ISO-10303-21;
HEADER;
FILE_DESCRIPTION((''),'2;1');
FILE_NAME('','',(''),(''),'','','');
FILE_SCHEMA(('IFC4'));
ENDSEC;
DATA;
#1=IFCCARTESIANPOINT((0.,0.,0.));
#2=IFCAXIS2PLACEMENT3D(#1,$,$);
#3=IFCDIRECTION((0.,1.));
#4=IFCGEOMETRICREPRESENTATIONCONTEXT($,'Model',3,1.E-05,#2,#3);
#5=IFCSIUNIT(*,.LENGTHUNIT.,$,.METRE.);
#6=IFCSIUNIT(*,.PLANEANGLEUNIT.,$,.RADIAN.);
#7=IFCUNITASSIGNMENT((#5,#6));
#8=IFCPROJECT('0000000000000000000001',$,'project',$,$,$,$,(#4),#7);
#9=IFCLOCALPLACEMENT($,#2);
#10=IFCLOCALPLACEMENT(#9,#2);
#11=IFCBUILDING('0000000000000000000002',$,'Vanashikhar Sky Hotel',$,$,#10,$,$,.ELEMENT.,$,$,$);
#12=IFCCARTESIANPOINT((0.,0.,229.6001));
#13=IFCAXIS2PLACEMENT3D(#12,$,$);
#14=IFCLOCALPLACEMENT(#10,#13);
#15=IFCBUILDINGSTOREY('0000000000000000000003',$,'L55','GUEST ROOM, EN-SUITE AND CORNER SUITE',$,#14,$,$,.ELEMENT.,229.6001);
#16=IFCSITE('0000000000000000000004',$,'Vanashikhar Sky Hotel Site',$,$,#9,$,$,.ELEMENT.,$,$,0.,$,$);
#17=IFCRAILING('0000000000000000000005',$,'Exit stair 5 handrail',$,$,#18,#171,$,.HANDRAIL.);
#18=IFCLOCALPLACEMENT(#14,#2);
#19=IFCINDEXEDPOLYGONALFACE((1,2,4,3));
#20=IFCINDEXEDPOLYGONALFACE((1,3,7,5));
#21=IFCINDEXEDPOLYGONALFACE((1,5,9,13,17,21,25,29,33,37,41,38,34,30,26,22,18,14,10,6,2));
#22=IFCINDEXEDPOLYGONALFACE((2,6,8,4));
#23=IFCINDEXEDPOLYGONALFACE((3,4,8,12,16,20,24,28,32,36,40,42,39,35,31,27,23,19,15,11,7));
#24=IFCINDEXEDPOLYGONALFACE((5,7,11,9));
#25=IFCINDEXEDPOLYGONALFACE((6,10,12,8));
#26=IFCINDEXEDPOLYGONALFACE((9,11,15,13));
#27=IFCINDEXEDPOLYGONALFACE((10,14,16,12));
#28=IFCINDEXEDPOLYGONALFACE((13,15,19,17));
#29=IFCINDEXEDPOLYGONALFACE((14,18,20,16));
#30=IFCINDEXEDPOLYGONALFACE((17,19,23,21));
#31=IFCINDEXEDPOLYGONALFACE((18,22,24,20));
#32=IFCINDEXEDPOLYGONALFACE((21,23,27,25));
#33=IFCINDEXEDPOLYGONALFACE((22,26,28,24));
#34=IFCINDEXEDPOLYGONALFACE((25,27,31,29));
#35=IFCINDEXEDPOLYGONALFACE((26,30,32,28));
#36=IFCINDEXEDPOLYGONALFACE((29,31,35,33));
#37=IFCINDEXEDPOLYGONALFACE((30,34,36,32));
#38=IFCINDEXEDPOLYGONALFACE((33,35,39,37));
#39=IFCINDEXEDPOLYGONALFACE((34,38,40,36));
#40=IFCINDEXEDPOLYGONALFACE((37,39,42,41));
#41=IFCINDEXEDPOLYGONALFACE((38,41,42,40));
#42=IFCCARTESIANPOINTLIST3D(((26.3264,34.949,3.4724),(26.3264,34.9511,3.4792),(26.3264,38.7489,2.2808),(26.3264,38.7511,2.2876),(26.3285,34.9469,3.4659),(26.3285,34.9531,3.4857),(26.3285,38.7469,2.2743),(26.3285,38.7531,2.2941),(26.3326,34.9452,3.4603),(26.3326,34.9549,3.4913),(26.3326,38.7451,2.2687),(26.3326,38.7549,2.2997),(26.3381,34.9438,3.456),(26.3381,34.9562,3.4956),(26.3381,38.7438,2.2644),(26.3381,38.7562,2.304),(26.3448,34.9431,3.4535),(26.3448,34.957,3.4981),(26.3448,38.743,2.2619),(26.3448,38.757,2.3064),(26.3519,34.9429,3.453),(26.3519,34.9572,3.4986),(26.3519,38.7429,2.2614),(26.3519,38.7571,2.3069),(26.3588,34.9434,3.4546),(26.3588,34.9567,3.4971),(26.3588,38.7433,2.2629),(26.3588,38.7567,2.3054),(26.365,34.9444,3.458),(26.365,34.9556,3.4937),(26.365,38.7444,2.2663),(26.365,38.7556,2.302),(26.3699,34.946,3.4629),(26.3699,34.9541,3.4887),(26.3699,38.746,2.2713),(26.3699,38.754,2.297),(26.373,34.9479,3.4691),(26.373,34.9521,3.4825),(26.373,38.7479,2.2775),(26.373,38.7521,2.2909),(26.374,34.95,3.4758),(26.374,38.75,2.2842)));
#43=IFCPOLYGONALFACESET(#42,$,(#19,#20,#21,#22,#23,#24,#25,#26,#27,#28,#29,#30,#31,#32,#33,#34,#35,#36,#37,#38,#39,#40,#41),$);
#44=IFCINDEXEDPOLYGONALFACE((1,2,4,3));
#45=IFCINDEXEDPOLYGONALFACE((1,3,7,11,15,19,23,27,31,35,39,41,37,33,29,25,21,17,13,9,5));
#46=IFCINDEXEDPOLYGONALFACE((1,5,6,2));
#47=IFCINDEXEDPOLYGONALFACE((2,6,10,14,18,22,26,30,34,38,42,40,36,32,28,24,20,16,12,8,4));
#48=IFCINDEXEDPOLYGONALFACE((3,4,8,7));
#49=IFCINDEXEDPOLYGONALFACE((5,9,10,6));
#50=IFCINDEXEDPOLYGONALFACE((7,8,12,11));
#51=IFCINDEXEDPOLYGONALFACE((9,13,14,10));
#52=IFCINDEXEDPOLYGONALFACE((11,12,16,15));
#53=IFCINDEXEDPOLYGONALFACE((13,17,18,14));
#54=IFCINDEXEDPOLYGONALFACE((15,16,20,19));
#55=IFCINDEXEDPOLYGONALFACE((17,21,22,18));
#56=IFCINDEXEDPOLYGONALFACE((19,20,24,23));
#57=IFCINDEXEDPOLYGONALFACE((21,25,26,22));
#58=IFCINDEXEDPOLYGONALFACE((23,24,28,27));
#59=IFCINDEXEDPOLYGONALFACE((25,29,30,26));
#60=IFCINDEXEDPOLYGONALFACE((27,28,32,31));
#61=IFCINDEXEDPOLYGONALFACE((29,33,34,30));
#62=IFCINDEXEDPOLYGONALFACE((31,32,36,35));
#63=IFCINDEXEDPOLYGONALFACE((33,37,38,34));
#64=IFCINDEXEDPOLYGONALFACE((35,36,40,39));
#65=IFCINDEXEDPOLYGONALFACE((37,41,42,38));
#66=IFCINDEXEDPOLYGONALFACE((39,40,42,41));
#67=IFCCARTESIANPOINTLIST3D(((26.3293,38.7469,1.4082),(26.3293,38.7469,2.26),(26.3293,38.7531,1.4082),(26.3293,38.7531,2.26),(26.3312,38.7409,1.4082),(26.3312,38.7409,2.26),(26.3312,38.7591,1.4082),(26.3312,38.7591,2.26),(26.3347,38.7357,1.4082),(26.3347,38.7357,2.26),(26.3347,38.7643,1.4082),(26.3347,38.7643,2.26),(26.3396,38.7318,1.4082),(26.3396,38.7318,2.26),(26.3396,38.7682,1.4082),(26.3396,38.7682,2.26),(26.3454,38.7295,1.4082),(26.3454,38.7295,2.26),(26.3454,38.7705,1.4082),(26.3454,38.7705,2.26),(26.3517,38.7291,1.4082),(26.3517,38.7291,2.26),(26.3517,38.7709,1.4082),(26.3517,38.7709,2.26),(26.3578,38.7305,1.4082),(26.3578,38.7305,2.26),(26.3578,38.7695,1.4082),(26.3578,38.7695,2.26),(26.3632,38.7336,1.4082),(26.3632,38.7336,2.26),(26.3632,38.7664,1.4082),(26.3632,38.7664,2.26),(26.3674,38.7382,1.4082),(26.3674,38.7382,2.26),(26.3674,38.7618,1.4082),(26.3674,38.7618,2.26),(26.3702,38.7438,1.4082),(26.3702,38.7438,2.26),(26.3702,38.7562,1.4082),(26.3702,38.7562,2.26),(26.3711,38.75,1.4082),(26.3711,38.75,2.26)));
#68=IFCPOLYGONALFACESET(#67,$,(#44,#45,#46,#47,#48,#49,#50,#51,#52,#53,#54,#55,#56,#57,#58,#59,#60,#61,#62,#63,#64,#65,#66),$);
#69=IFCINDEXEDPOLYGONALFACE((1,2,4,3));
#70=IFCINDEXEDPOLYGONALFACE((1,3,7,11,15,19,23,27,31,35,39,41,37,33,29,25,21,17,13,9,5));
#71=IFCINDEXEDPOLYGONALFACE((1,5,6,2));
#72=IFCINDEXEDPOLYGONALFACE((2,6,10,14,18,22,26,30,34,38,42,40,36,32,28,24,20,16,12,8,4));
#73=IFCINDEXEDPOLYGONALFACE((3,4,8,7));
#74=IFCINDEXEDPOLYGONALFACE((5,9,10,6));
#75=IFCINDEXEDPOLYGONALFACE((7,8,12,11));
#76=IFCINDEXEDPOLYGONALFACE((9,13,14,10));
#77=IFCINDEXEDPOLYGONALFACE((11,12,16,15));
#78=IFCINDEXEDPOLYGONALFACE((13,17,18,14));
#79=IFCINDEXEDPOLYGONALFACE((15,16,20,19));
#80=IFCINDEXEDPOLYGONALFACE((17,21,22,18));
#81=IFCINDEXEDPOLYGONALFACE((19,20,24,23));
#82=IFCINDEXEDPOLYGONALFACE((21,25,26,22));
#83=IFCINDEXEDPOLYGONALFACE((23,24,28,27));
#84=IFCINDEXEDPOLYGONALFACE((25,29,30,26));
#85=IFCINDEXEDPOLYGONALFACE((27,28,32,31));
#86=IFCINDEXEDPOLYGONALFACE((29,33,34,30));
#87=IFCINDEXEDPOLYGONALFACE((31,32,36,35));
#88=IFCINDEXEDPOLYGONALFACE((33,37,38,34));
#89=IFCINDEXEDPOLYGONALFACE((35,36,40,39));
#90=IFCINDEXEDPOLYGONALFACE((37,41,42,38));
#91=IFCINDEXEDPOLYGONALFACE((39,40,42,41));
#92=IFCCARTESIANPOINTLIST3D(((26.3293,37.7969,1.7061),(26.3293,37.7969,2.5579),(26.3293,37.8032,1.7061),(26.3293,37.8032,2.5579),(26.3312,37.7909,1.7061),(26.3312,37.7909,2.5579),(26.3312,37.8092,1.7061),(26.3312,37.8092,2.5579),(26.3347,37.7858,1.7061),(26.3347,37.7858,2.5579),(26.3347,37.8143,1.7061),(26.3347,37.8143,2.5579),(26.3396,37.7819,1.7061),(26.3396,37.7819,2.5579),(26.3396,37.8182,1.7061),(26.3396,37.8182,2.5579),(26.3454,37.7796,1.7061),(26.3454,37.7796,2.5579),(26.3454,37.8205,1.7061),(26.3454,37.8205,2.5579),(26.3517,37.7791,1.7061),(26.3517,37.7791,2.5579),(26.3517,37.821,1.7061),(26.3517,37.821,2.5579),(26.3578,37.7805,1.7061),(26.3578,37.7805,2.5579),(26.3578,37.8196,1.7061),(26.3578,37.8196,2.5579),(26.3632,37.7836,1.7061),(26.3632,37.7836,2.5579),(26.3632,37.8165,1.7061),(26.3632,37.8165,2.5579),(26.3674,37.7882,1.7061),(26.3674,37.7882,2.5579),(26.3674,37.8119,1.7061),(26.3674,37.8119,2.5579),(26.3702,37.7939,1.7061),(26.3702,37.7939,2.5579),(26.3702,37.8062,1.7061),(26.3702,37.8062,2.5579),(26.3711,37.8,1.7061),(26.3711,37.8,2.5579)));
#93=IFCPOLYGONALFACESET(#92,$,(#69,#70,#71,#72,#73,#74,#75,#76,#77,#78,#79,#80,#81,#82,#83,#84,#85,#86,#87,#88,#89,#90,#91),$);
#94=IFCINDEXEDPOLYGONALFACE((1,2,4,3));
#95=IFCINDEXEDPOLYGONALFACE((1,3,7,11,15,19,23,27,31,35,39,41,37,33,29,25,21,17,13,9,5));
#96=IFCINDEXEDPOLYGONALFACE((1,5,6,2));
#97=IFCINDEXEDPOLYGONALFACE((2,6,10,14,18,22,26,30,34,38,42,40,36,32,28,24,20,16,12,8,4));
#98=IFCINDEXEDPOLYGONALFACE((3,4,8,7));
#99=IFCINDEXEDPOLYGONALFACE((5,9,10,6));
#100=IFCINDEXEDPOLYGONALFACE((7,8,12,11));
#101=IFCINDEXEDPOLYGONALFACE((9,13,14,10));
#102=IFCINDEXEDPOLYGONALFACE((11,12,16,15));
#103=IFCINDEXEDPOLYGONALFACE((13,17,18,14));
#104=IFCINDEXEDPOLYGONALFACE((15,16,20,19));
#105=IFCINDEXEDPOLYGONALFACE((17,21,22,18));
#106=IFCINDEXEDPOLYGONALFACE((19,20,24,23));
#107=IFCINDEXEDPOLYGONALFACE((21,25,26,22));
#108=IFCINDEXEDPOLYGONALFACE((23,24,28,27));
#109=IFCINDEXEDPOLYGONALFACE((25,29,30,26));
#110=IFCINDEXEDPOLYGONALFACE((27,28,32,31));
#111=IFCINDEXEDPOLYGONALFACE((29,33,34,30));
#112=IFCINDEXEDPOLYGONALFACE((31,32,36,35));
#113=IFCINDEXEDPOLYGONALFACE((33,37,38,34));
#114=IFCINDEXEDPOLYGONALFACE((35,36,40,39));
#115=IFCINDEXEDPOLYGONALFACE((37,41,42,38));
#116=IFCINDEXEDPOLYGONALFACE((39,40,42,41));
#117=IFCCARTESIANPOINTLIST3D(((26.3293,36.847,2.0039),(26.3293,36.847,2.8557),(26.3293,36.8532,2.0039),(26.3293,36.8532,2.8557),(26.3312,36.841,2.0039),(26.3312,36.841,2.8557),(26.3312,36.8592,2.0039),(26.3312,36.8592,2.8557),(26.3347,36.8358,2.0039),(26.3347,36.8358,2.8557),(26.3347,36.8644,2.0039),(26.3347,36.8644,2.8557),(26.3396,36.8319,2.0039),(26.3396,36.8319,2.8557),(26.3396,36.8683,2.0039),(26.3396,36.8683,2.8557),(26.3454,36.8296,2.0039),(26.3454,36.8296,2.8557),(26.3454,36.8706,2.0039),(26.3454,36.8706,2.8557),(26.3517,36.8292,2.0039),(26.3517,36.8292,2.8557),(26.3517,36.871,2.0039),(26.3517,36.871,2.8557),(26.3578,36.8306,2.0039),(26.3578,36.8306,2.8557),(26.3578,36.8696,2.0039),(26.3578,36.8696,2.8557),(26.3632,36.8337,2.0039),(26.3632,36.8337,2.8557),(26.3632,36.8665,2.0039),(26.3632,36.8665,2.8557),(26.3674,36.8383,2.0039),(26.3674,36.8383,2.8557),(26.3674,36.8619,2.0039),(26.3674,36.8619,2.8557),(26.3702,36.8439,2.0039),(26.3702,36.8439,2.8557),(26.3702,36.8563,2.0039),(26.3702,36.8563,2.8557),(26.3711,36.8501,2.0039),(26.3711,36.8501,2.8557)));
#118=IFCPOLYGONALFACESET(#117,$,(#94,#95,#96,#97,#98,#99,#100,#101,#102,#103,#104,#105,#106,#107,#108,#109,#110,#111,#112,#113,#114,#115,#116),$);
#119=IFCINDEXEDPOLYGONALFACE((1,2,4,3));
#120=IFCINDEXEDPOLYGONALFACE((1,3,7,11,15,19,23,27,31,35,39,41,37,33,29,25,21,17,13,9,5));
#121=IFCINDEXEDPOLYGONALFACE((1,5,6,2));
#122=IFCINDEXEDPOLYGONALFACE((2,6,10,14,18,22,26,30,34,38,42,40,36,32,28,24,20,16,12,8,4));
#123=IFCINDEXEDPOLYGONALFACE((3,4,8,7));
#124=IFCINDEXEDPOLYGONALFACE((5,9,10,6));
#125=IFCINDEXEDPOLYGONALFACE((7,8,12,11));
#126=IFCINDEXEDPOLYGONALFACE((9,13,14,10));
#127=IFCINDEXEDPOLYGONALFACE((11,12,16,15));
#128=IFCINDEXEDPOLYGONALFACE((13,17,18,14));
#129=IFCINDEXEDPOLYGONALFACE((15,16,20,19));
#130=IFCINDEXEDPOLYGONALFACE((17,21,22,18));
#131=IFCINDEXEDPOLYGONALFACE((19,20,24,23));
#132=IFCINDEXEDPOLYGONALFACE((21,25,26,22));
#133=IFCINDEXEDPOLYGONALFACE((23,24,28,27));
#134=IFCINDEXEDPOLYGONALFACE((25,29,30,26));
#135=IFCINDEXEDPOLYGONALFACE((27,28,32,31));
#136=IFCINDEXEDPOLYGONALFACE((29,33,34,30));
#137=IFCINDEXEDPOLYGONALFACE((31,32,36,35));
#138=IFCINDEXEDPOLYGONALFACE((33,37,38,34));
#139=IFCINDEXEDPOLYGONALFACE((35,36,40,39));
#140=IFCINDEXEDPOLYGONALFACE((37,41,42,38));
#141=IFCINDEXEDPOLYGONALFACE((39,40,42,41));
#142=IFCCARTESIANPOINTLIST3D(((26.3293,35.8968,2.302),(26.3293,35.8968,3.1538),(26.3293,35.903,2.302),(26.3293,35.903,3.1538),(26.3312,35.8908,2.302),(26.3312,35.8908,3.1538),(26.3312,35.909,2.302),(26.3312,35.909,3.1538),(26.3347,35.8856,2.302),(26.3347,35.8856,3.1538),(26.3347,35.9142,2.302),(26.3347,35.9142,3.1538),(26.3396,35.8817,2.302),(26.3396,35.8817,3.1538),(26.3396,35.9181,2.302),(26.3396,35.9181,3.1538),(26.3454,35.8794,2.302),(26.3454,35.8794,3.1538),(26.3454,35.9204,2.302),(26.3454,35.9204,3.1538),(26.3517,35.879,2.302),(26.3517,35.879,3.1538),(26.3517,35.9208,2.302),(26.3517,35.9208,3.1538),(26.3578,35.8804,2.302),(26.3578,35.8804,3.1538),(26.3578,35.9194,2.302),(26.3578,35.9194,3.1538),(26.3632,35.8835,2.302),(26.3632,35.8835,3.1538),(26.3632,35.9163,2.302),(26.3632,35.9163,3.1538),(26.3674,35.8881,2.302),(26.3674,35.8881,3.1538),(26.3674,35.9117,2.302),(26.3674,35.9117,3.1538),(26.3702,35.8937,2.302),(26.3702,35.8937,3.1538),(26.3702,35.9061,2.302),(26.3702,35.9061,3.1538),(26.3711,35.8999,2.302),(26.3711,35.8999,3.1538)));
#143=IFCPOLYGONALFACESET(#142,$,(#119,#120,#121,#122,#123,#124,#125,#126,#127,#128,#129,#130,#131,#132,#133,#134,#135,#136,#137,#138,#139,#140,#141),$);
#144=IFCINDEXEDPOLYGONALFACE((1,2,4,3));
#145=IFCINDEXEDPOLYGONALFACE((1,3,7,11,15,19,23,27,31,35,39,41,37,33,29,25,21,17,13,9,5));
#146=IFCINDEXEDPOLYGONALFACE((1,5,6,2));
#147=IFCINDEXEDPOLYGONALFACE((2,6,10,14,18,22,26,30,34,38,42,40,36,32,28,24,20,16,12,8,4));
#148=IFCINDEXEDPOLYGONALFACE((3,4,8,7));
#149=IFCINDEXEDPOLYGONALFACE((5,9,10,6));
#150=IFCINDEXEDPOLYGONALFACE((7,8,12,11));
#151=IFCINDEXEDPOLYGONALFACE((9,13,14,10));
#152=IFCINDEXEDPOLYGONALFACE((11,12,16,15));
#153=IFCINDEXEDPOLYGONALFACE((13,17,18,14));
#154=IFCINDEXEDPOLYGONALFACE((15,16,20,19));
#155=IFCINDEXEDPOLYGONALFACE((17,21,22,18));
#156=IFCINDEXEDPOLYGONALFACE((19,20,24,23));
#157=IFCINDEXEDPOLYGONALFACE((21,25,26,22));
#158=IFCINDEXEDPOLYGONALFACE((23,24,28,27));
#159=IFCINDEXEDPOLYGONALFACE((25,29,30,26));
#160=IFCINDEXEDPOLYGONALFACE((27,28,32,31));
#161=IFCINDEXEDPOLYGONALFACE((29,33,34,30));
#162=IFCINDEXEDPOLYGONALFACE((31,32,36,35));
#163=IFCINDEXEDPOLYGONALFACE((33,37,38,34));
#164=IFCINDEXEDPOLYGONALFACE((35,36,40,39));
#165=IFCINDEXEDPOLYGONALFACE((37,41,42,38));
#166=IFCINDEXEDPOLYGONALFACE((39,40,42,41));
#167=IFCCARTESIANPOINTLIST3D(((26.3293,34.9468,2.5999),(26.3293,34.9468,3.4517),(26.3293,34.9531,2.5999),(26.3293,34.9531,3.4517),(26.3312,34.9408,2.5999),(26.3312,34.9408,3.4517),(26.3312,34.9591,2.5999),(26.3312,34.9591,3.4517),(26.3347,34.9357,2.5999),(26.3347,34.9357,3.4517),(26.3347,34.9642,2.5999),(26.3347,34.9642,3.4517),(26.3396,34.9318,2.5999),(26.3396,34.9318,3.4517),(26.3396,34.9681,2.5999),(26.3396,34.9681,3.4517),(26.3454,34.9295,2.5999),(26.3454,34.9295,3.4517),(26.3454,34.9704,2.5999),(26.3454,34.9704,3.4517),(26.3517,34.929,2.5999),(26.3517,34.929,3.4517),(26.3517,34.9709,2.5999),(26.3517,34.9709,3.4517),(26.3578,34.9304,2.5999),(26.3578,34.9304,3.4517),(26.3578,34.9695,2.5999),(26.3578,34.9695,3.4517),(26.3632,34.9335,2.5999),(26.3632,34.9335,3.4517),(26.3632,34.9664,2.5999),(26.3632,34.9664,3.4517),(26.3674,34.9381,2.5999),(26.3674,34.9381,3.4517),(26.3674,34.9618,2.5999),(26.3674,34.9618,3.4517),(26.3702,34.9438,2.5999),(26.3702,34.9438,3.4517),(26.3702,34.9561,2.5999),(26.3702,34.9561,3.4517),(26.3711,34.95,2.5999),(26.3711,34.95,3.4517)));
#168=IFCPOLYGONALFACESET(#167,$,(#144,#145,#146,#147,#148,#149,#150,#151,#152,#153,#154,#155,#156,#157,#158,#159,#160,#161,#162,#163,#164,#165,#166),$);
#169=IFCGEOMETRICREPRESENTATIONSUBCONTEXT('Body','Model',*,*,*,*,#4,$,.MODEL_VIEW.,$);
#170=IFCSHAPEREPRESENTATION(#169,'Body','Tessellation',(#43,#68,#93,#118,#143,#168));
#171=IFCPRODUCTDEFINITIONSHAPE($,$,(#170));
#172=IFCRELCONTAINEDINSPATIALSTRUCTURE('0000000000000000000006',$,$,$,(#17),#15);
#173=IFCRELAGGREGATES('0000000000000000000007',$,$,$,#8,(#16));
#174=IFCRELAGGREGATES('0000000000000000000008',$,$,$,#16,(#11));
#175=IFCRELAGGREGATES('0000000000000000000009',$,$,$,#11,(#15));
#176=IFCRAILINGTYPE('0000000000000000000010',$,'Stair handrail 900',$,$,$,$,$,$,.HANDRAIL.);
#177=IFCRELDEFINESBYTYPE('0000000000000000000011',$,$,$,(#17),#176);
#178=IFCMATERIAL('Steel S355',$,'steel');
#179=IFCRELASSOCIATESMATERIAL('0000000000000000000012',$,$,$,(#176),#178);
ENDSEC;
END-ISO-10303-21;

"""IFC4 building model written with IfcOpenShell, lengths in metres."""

from ifc_helpers import new_model, si_unit, direction, frame, origin, origin_2d, place, context, subcontext, project, spatial, circle, extrude, source, transform, mapped, material, type_object, element, save


model = new_model("IFC4")

# Units and contexts
model_context = context("Model", 3, precision=1e-05, world=origin(), true_north=direction((0.0, 1.0)))
body_context = subcontext(model_context, "Body", "Model", "MODEL_VIEW")
ifc_project = project(units=[si_unit("LENGTHUNIT", "METRE"), si_unit("PLANEANGLEUNIT", "RADIAN")], contexts=[model_context])

# Site, building, storey
site_placement = place(None, origin())
site = spatial("IfcSite", under=ifc_project, at=site_placement, Name="Vanashikhar Sky Hotel Site", CompositionType="ELEMENT", RefElevation=0.0)
building_placement = place(site_placement, origin())
building = spatial("IfcBuilding", under=site, at=building_placement, Name="Vanashikhar Sky Hotel", CompositionType="ELEMENT")
storey_placement = place(building_placement, frame((0.0, 0.0, 229.6001)))
storey = spatial("IfcBuildingStorey", under=building, at=storey_placement, Name="L55", Description="GUEST ROOM, EN-SUITE AND CORNER SUITE", CompositionType="ELEMENT", Elevation=229.6001)

# Railing
ifc_material_1 = material(Name="Steel S355", Category="steel")
railing_type_1 = type_object("IfcRailingType", Name="Stair handrail 900", PredefinedType="HANDRAIL", material=ifc_material_1)
shared_shape_1 = source(origin(), body_context, "Body", "SweptSolid", [
    extrude(circle(Radius=0.0239, at=origin_2d()), frame((0.0, 0.0, 0.876), z_axis=(0.0, -0.954184, 0.299221), x_axis=(1.0, 0.0, 0.0)), (0.0, 0.0, 1.0), 3.9824),
    extrude(circle(Radius=0.021, at=origin_2d()), origin(), (0.0, 0.0, 1.0), 0.8518),
    extrude(circle(Radius=0.021, at=origin_2d()), frame((0.0, -0.95, 0.2979)), (0.0, 0.0, 1.0), 0.8518),
    extrude(circle(Radius=0.021, at=origin_2d()), frame((0.0, -1.8999, 0.5957)), (0.0, 0.0, 1.0), 0.8518),
    extrude(circle(Radius=0.021, at=origin_2d()), frame((0.0, -2.8501, 0.8938)), (0.0, 0.0, 1.0), 0.8518),
    extrude(circle(Radius=0.021, at=origin_2d()), frame((0.0, -3.8, 1.1917)), (0.0, 0.0, 1.0), 0.8518),
])
for number, where, name in (
    (1, (26.3501, 38.75, 1.4082), "Exit stair 5 handrail"),
):
    element("IfcRailing", number, at=place(storey_placement, frame(where)), inside=storey, type_object=railing_type_1, Name=name, PredefinedType="HANDRAIL", context=body_context, shape_type="MappedRepresentation", body=[
        mapped(shared_shape_1, transform((0.0, 0.0, 0.0), scale=1.0)),
    ])

save(model, "model.ifc")
